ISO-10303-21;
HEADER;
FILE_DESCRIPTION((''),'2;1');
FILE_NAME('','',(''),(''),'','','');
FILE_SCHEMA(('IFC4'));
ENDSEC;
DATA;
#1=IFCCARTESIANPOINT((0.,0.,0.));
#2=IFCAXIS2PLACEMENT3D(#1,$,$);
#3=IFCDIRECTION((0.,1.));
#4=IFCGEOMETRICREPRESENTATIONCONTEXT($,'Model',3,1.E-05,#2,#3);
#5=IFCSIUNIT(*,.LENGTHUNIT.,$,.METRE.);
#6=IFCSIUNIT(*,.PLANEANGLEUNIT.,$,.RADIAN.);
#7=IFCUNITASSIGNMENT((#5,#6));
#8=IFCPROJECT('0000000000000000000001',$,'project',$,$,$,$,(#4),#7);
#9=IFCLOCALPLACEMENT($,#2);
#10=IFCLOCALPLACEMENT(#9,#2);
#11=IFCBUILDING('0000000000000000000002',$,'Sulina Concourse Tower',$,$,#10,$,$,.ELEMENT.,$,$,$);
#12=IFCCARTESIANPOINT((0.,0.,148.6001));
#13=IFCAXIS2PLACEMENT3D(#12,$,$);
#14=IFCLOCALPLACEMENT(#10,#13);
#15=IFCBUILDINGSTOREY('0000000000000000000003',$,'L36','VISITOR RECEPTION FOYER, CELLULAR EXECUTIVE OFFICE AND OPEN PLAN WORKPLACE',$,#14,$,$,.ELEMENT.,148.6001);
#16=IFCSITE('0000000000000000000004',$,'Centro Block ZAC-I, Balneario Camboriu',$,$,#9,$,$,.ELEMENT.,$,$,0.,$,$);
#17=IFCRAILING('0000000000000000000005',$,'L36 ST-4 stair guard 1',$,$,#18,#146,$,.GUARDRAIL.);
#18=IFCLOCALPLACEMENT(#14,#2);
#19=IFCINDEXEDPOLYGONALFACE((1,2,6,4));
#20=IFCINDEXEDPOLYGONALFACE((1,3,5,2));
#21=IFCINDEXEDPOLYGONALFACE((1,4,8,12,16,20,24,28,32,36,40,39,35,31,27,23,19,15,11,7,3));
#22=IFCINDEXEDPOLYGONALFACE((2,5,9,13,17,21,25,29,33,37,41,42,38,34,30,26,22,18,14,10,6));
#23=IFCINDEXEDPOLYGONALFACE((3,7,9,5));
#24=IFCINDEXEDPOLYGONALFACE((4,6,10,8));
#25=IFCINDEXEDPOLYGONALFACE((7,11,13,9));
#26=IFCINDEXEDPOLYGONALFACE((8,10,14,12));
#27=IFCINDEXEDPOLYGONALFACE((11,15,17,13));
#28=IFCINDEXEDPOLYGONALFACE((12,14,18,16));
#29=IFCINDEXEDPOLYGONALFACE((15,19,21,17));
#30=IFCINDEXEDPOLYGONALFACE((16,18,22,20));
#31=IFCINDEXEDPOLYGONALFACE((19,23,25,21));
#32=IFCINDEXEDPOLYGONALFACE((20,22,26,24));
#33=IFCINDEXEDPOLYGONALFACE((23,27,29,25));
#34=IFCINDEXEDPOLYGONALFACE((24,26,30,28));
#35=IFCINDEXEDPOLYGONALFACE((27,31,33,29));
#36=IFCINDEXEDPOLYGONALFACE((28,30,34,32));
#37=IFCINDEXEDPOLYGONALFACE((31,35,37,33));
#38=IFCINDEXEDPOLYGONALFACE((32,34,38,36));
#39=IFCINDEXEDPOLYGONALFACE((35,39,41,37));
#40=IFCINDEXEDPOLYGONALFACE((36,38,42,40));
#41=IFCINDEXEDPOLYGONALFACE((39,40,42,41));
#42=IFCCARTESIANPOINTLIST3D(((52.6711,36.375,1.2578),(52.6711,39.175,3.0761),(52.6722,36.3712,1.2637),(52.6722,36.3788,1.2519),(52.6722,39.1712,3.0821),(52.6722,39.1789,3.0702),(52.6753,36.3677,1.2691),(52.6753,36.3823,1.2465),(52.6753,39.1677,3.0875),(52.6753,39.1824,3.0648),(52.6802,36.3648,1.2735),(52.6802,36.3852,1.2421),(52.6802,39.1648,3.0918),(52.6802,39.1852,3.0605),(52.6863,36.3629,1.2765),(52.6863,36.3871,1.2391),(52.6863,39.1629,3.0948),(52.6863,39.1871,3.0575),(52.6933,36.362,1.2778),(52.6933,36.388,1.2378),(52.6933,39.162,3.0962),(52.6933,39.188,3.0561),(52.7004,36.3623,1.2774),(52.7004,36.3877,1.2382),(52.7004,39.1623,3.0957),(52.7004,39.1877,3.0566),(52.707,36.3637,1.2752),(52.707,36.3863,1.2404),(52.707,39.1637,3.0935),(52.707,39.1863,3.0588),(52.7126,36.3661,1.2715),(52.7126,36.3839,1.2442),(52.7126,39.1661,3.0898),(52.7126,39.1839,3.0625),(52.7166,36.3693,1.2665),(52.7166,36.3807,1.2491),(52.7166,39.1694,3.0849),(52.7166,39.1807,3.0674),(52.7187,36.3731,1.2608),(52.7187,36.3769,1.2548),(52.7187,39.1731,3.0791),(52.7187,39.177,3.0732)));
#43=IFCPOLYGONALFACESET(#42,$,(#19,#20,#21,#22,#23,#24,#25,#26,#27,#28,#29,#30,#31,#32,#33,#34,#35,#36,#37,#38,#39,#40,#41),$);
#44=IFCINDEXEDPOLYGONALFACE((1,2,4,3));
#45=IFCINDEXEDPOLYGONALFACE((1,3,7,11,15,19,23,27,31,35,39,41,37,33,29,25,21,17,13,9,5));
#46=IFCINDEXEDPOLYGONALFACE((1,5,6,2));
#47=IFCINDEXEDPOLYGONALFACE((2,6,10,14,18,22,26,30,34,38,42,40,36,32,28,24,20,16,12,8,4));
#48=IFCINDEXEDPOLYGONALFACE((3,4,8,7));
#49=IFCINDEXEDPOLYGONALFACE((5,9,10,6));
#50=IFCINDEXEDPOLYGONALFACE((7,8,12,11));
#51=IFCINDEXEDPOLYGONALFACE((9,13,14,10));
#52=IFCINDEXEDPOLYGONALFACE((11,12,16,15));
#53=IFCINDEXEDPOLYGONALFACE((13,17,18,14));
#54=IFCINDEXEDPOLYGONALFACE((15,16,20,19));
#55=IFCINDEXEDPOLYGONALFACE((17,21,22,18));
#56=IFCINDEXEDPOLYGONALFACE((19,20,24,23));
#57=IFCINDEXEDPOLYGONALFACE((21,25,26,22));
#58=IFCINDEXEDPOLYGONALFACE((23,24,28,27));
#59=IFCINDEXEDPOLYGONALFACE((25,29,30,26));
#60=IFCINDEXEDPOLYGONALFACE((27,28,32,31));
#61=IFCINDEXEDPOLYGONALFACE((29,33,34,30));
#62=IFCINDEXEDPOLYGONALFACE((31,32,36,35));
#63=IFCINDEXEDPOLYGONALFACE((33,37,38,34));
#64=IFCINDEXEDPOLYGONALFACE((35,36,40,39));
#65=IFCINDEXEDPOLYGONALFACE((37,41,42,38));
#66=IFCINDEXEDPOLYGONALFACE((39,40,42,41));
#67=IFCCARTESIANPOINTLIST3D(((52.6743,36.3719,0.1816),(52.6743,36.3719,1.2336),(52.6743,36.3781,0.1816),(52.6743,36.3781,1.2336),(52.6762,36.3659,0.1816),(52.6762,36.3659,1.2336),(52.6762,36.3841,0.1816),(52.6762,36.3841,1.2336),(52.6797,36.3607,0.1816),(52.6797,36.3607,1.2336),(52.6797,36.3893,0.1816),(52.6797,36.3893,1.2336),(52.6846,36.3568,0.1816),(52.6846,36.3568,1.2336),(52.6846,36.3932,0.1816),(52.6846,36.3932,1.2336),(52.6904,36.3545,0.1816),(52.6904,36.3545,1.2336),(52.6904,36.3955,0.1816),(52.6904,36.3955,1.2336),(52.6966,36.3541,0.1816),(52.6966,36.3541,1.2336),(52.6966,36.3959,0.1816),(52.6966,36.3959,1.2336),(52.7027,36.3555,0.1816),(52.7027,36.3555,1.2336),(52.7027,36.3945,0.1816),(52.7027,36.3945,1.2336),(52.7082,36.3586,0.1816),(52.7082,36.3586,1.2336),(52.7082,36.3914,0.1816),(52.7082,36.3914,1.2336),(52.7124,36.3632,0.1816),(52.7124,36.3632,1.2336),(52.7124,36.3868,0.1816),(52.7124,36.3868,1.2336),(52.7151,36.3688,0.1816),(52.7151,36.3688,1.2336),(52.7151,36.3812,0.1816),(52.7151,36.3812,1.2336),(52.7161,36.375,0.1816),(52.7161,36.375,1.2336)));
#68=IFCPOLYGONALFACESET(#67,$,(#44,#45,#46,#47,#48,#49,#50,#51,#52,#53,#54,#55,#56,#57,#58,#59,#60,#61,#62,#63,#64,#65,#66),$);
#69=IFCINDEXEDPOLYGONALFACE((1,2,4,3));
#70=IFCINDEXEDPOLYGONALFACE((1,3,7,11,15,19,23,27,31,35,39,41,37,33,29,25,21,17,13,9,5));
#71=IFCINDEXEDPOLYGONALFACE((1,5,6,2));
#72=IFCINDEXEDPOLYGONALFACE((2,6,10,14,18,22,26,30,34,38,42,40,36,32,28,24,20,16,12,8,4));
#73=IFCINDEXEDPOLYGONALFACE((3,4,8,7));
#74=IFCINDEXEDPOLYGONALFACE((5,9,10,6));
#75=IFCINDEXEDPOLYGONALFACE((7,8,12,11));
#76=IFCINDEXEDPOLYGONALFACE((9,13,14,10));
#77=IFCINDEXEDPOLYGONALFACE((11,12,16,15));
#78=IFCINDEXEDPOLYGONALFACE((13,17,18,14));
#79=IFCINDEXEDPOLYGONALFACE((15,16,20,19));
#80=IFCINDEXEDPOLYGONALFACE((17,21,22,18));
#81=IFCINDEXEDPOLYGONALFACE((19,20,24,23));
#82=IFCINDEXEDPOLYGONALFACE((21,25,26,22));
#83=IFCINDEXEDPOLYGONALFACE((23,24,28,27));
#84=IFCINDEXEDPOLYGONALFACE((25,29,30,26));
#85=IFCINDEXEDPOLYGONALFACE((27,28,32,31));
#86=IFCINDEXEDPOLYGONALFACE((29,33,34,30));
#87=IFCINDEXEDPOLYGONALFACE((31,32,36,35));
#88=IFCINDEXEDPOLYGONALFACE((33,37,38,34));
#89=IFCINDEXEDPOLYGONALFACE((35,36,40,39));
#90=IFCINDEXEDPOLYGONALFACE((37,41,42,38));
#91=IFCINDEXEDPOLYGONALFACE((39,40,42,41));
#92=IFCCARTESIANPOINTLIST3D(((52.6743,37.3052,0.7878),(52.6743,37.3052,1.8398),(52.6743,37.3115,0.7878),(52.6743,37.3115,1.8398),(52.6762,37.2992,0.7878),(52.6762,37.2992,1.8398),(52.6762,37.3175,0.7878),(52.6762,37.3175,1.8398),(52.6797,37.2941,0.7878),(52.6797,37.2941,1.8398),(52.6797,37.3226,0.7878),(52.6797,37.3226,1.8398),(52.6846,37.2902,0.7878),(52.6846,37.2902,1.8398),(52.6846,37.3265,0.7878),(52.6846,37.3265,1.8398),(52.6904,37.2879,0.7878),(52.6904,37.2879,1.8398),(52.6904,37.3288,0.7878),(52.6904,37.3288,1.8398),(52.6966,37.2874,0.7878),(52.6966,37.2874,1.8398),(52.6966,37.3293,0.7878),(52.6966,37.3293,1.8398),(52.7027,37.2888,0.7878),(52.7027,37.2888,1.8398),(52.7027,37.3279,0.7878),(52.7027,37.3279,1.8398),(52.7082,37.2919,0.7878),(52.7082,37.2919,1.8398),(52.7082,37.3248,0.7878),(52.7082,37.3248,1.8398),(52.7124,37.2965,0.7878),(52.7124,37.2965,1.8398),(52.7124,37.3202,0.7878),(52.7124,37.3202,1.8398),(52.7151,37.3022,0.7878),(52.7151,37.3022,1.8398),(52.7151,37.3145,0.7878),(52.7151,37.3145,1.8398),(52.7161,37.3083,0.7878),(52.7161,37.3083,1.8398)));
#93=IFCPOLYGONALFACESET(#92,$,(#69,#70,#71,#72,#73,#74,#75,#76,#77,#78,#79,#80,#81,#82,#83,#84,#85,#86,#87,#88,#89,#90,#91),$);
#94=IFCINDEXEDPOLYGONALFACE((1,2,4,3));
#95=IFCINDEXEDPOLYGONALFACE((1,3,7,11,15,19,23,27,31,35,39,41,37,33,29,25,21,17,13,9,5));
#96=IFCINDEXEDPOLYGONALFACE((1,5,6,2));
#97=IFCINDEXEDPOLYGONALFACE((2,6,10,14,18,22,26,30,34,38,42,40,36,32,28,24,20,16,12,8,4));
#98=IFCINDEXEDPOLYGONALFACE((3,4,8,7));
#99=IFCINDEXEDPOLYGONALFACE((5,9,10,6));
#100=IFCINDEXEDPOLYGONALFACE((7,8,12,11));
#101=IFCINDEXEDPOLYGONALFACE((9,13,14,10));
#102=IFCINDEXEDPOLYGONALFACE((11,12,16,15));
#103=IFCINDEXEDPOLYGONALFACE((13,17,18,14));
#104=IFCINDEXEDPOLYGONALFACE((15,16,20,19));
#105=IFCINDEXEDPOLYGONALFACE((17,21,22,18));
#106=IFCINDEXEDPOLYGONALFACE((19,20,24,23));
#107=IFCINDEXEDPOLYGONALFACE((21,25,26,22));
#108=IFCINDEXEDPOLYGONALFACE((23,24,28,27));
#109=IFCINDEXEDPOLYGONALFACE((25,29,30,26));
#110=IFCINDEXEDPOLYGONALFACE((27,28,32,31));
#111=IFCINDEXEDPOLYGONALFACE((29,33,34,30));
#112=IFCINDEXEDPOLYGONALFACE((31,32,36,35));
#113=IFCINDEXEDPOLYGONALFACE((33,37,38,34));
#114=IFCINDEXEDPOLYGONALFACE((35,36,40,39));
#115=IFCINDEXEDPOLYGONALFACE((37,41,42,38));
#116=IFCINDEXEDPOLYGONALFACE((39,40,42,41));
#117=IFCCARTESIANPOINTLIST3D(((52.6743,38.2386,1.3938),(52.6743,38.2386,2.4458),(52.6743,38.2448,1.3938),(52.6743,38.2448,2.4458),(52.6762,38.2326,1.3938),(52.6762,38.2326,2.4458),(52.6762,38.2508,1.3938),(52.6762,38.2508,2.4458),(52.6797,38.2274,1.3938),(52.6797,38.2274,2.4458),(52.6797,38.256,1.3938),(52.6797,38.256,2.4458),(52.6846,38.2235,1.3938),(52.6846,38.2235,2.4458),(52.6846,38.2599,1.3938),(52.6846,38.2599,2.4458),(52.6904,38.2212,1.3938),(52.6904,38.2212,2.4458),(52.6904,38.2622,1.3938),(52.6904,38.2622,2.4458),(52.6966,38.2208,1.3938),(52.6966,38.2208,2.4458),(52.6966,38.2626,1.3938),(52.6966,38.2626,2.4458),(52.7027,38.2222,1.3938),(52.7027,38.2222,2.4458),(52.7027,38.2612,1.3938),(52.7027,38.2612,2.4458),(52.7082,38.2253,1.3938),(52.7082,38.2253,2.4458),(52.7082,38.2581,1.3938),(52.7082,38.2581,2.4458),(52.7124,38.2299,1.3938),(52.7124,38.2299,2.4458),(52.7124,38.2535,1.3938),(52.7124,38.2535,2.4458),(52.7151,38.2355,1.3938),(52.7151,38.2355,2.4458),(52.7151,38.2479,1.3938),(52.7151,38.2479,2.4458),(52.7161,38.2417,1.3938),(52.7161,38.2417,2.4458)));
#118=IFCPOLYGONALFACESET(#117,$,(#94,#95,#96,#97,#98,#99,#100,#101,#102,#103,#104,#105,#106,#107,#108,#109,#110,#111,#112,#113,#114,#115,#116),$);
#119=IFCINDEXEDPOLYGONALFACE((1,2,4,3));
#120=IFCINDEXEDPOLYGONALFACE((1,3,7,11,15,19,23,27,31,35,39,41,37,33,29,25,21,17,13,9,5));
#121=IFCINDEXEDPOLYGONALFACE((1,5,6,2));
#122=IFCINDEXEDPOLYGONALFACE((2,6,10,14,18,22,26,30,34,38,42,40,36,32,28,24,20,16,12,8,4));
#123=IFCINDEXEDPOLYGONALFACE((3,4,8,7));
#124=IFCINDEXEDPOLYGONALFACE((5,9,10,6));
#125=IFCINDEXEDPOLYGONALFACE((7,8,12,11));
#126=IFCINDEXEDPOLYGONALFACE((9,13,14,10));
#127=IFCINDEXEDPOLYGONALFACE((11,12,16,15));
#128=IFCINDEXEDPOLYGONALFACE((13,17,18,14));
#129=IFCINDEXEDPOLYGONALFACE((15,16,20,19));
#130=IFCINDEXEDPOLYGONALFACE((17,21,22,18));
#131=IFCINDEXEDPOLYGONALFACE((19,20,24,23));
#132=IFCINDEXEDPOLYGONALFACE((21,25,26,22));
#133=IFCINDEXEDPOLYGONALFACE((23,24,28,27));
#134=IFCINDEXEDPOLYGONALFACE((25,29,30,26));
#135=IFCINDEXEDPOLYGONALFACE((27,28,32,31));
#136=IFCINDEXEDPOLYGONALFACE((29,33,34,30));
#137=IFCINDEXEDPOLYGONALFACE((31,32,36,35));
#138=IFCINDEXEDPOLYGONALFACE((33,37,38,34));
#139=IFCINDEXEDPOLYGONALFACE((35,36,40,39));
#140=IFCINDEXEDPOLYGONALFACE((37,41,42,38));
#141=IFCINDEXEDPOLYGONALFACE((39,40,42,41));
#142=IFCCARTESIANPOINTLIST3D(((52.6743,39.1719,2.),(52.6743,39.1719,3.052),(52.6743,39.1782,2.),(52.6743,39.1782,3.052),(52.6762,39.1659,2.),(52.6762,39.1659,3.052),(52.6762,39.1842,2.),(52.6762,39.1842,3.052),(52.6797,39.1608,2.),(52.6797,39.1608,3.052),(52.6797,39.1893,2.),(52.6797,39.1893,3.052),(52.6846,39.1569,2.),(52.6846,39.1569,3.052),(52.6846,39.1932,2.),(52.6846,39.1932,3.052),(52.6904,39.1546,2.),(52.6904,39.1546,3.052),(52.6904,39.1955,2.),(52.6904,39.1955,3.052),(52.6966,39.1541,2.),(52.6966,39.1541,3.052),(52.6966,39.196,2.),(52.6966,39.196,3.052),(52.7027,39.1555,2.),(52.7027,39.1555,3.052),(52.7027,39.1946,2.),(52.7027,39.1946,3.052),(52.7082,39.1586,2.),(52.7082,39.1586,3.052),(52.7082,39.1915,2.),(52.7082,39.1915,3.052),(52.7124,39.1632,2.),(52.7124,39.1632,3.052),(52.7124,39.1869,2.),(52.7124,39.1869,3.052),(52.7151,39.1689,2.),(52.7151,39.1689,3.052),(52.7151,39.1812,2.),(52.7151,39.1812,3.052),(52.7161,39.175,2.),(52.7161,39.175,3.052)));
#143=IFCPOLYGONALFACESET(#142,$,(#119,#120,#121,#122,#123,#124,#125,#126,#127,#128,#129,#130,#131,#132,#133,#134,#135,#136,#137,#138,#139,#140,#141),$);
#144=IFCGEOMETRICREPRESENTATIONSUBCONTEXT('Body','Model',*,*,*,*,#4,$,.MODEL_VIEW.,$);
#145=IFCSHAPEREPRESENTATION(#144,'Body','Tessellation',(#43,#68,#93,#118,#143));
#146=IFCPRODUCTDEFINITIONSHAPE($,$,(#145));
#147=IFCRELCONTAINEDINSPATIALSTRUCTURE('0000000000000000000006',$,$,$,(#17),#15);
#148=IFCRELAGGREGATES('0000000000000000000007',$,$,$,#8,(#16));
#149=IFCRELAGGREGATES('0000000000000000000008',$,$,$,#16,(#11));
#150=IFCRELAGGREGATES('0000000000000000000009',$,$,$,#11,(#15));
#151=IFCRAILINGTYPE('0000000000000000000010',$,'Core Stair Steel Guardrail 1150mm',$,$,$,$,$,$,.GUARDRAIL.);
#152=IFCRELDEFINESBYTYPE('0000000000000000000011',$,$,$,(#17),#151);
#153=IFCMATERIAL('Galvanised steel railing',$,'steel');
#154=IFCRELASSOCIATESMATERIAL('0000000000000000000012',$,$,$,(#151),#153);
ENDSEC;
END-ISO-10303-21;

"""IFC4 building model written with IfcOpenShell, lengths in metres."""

from ifc_helpers import new_model, si_unit, direction, frame, origin, origin_2d, place, context, subcontext, project, spatial, circle, extrude, material, type_object, element, save


model = new_model("IFC4")

# Units and contexts
model_context = context("Model", 3, precision=1e-05, world=origin(), true_north=direction((0.0, 1.0)))
body_context = subcontext(model_context, "Body", "Model", "MODEL_VIEW")
ifc_project = project(units=[si_unit("LENGTHUNIT", "METRE"), si_unit("PLANEANGLEUNIT", "RADIAN")], contexts=[model_context])

# Site, building, storey
site_placement = place(None, origin())
site = spatial("IfcSite", under=ifc_project, at=site_placement, Name="Centro Block ZAC-I, Balneario Camboriu", CompositionType="ELEMENT", RefElevation=0.0)
building_placement = place(site_placement, origin())
building = spatial("IfcBuilding", under=site, at=building_placement, Name="Sulina Concourse Tower", CompositionType="ELEMENT")
storey_placement = place(building_placement, frame((0.0, 0.0, 148.6001)))
storey = spatial("IfcBuildingStorey", under=building, at=storey_placement, Name="L36", Description="VISITOR RECEPTION FOYER, CELLULAR EXECUTIVE OFFICE AND OPEN PLAN WORKPLACE", CompositionType="ELEMENT", Elevation=148.6001)

# Railing
ifc_material_1 = material(Name="Galvanised steel railing", Category="steel")
railing_type_1 = type_object("IfcRailingType", Name="Core Stair Steel Guardrail 1150mm", PredefinedType="GUARDRAIL", material=ifc_material_1)
railing_1_placement = place(storey_placement, frame((52.6951, 36.375, 0.1816)))
element("IfcRailing", 1, at=railing_1_placement, inside=storey, type_object=railing_type_1, Name="L36 ST-4 stair guard 1", PredefinedType="GUARDRAIL", context=body_context, shape_type="SweptSolid", body=[
    extrude(circle(Radius=0.0239, at=origin_2d()), frame((0.0, 0.0, 1.0762), z_axis=(0.0, 0.838672, 0.544636), x_axis=(-1.0, 0.0, 0.0)), (0.0, 0.0, 1.0), 3.3386),
    extrude(circle(Radius=0.021, at=origin_2d()), origin(), (0.0, 0.0, 1.0), 1.052),
    extrude(circle(Radius=0.021, at=origin_2d()), frame((0.0, 0.9333, 0.6062)), (0.0, 0.0, 1.0), 1.052),
    extrude(circle(Radius=0.021, at=origin_2d()), frame((0.0, 1.8667, 1.2122)), (0.0, 0.0, 1.0), 1.052),
    extrude(circle(Radius=0.021, at=origin_2d()), frame((0.0, 2.8, 1.8184)), (0.0, 0.0, 1.0), 1.052),
])

save(model, "model.ifc")
